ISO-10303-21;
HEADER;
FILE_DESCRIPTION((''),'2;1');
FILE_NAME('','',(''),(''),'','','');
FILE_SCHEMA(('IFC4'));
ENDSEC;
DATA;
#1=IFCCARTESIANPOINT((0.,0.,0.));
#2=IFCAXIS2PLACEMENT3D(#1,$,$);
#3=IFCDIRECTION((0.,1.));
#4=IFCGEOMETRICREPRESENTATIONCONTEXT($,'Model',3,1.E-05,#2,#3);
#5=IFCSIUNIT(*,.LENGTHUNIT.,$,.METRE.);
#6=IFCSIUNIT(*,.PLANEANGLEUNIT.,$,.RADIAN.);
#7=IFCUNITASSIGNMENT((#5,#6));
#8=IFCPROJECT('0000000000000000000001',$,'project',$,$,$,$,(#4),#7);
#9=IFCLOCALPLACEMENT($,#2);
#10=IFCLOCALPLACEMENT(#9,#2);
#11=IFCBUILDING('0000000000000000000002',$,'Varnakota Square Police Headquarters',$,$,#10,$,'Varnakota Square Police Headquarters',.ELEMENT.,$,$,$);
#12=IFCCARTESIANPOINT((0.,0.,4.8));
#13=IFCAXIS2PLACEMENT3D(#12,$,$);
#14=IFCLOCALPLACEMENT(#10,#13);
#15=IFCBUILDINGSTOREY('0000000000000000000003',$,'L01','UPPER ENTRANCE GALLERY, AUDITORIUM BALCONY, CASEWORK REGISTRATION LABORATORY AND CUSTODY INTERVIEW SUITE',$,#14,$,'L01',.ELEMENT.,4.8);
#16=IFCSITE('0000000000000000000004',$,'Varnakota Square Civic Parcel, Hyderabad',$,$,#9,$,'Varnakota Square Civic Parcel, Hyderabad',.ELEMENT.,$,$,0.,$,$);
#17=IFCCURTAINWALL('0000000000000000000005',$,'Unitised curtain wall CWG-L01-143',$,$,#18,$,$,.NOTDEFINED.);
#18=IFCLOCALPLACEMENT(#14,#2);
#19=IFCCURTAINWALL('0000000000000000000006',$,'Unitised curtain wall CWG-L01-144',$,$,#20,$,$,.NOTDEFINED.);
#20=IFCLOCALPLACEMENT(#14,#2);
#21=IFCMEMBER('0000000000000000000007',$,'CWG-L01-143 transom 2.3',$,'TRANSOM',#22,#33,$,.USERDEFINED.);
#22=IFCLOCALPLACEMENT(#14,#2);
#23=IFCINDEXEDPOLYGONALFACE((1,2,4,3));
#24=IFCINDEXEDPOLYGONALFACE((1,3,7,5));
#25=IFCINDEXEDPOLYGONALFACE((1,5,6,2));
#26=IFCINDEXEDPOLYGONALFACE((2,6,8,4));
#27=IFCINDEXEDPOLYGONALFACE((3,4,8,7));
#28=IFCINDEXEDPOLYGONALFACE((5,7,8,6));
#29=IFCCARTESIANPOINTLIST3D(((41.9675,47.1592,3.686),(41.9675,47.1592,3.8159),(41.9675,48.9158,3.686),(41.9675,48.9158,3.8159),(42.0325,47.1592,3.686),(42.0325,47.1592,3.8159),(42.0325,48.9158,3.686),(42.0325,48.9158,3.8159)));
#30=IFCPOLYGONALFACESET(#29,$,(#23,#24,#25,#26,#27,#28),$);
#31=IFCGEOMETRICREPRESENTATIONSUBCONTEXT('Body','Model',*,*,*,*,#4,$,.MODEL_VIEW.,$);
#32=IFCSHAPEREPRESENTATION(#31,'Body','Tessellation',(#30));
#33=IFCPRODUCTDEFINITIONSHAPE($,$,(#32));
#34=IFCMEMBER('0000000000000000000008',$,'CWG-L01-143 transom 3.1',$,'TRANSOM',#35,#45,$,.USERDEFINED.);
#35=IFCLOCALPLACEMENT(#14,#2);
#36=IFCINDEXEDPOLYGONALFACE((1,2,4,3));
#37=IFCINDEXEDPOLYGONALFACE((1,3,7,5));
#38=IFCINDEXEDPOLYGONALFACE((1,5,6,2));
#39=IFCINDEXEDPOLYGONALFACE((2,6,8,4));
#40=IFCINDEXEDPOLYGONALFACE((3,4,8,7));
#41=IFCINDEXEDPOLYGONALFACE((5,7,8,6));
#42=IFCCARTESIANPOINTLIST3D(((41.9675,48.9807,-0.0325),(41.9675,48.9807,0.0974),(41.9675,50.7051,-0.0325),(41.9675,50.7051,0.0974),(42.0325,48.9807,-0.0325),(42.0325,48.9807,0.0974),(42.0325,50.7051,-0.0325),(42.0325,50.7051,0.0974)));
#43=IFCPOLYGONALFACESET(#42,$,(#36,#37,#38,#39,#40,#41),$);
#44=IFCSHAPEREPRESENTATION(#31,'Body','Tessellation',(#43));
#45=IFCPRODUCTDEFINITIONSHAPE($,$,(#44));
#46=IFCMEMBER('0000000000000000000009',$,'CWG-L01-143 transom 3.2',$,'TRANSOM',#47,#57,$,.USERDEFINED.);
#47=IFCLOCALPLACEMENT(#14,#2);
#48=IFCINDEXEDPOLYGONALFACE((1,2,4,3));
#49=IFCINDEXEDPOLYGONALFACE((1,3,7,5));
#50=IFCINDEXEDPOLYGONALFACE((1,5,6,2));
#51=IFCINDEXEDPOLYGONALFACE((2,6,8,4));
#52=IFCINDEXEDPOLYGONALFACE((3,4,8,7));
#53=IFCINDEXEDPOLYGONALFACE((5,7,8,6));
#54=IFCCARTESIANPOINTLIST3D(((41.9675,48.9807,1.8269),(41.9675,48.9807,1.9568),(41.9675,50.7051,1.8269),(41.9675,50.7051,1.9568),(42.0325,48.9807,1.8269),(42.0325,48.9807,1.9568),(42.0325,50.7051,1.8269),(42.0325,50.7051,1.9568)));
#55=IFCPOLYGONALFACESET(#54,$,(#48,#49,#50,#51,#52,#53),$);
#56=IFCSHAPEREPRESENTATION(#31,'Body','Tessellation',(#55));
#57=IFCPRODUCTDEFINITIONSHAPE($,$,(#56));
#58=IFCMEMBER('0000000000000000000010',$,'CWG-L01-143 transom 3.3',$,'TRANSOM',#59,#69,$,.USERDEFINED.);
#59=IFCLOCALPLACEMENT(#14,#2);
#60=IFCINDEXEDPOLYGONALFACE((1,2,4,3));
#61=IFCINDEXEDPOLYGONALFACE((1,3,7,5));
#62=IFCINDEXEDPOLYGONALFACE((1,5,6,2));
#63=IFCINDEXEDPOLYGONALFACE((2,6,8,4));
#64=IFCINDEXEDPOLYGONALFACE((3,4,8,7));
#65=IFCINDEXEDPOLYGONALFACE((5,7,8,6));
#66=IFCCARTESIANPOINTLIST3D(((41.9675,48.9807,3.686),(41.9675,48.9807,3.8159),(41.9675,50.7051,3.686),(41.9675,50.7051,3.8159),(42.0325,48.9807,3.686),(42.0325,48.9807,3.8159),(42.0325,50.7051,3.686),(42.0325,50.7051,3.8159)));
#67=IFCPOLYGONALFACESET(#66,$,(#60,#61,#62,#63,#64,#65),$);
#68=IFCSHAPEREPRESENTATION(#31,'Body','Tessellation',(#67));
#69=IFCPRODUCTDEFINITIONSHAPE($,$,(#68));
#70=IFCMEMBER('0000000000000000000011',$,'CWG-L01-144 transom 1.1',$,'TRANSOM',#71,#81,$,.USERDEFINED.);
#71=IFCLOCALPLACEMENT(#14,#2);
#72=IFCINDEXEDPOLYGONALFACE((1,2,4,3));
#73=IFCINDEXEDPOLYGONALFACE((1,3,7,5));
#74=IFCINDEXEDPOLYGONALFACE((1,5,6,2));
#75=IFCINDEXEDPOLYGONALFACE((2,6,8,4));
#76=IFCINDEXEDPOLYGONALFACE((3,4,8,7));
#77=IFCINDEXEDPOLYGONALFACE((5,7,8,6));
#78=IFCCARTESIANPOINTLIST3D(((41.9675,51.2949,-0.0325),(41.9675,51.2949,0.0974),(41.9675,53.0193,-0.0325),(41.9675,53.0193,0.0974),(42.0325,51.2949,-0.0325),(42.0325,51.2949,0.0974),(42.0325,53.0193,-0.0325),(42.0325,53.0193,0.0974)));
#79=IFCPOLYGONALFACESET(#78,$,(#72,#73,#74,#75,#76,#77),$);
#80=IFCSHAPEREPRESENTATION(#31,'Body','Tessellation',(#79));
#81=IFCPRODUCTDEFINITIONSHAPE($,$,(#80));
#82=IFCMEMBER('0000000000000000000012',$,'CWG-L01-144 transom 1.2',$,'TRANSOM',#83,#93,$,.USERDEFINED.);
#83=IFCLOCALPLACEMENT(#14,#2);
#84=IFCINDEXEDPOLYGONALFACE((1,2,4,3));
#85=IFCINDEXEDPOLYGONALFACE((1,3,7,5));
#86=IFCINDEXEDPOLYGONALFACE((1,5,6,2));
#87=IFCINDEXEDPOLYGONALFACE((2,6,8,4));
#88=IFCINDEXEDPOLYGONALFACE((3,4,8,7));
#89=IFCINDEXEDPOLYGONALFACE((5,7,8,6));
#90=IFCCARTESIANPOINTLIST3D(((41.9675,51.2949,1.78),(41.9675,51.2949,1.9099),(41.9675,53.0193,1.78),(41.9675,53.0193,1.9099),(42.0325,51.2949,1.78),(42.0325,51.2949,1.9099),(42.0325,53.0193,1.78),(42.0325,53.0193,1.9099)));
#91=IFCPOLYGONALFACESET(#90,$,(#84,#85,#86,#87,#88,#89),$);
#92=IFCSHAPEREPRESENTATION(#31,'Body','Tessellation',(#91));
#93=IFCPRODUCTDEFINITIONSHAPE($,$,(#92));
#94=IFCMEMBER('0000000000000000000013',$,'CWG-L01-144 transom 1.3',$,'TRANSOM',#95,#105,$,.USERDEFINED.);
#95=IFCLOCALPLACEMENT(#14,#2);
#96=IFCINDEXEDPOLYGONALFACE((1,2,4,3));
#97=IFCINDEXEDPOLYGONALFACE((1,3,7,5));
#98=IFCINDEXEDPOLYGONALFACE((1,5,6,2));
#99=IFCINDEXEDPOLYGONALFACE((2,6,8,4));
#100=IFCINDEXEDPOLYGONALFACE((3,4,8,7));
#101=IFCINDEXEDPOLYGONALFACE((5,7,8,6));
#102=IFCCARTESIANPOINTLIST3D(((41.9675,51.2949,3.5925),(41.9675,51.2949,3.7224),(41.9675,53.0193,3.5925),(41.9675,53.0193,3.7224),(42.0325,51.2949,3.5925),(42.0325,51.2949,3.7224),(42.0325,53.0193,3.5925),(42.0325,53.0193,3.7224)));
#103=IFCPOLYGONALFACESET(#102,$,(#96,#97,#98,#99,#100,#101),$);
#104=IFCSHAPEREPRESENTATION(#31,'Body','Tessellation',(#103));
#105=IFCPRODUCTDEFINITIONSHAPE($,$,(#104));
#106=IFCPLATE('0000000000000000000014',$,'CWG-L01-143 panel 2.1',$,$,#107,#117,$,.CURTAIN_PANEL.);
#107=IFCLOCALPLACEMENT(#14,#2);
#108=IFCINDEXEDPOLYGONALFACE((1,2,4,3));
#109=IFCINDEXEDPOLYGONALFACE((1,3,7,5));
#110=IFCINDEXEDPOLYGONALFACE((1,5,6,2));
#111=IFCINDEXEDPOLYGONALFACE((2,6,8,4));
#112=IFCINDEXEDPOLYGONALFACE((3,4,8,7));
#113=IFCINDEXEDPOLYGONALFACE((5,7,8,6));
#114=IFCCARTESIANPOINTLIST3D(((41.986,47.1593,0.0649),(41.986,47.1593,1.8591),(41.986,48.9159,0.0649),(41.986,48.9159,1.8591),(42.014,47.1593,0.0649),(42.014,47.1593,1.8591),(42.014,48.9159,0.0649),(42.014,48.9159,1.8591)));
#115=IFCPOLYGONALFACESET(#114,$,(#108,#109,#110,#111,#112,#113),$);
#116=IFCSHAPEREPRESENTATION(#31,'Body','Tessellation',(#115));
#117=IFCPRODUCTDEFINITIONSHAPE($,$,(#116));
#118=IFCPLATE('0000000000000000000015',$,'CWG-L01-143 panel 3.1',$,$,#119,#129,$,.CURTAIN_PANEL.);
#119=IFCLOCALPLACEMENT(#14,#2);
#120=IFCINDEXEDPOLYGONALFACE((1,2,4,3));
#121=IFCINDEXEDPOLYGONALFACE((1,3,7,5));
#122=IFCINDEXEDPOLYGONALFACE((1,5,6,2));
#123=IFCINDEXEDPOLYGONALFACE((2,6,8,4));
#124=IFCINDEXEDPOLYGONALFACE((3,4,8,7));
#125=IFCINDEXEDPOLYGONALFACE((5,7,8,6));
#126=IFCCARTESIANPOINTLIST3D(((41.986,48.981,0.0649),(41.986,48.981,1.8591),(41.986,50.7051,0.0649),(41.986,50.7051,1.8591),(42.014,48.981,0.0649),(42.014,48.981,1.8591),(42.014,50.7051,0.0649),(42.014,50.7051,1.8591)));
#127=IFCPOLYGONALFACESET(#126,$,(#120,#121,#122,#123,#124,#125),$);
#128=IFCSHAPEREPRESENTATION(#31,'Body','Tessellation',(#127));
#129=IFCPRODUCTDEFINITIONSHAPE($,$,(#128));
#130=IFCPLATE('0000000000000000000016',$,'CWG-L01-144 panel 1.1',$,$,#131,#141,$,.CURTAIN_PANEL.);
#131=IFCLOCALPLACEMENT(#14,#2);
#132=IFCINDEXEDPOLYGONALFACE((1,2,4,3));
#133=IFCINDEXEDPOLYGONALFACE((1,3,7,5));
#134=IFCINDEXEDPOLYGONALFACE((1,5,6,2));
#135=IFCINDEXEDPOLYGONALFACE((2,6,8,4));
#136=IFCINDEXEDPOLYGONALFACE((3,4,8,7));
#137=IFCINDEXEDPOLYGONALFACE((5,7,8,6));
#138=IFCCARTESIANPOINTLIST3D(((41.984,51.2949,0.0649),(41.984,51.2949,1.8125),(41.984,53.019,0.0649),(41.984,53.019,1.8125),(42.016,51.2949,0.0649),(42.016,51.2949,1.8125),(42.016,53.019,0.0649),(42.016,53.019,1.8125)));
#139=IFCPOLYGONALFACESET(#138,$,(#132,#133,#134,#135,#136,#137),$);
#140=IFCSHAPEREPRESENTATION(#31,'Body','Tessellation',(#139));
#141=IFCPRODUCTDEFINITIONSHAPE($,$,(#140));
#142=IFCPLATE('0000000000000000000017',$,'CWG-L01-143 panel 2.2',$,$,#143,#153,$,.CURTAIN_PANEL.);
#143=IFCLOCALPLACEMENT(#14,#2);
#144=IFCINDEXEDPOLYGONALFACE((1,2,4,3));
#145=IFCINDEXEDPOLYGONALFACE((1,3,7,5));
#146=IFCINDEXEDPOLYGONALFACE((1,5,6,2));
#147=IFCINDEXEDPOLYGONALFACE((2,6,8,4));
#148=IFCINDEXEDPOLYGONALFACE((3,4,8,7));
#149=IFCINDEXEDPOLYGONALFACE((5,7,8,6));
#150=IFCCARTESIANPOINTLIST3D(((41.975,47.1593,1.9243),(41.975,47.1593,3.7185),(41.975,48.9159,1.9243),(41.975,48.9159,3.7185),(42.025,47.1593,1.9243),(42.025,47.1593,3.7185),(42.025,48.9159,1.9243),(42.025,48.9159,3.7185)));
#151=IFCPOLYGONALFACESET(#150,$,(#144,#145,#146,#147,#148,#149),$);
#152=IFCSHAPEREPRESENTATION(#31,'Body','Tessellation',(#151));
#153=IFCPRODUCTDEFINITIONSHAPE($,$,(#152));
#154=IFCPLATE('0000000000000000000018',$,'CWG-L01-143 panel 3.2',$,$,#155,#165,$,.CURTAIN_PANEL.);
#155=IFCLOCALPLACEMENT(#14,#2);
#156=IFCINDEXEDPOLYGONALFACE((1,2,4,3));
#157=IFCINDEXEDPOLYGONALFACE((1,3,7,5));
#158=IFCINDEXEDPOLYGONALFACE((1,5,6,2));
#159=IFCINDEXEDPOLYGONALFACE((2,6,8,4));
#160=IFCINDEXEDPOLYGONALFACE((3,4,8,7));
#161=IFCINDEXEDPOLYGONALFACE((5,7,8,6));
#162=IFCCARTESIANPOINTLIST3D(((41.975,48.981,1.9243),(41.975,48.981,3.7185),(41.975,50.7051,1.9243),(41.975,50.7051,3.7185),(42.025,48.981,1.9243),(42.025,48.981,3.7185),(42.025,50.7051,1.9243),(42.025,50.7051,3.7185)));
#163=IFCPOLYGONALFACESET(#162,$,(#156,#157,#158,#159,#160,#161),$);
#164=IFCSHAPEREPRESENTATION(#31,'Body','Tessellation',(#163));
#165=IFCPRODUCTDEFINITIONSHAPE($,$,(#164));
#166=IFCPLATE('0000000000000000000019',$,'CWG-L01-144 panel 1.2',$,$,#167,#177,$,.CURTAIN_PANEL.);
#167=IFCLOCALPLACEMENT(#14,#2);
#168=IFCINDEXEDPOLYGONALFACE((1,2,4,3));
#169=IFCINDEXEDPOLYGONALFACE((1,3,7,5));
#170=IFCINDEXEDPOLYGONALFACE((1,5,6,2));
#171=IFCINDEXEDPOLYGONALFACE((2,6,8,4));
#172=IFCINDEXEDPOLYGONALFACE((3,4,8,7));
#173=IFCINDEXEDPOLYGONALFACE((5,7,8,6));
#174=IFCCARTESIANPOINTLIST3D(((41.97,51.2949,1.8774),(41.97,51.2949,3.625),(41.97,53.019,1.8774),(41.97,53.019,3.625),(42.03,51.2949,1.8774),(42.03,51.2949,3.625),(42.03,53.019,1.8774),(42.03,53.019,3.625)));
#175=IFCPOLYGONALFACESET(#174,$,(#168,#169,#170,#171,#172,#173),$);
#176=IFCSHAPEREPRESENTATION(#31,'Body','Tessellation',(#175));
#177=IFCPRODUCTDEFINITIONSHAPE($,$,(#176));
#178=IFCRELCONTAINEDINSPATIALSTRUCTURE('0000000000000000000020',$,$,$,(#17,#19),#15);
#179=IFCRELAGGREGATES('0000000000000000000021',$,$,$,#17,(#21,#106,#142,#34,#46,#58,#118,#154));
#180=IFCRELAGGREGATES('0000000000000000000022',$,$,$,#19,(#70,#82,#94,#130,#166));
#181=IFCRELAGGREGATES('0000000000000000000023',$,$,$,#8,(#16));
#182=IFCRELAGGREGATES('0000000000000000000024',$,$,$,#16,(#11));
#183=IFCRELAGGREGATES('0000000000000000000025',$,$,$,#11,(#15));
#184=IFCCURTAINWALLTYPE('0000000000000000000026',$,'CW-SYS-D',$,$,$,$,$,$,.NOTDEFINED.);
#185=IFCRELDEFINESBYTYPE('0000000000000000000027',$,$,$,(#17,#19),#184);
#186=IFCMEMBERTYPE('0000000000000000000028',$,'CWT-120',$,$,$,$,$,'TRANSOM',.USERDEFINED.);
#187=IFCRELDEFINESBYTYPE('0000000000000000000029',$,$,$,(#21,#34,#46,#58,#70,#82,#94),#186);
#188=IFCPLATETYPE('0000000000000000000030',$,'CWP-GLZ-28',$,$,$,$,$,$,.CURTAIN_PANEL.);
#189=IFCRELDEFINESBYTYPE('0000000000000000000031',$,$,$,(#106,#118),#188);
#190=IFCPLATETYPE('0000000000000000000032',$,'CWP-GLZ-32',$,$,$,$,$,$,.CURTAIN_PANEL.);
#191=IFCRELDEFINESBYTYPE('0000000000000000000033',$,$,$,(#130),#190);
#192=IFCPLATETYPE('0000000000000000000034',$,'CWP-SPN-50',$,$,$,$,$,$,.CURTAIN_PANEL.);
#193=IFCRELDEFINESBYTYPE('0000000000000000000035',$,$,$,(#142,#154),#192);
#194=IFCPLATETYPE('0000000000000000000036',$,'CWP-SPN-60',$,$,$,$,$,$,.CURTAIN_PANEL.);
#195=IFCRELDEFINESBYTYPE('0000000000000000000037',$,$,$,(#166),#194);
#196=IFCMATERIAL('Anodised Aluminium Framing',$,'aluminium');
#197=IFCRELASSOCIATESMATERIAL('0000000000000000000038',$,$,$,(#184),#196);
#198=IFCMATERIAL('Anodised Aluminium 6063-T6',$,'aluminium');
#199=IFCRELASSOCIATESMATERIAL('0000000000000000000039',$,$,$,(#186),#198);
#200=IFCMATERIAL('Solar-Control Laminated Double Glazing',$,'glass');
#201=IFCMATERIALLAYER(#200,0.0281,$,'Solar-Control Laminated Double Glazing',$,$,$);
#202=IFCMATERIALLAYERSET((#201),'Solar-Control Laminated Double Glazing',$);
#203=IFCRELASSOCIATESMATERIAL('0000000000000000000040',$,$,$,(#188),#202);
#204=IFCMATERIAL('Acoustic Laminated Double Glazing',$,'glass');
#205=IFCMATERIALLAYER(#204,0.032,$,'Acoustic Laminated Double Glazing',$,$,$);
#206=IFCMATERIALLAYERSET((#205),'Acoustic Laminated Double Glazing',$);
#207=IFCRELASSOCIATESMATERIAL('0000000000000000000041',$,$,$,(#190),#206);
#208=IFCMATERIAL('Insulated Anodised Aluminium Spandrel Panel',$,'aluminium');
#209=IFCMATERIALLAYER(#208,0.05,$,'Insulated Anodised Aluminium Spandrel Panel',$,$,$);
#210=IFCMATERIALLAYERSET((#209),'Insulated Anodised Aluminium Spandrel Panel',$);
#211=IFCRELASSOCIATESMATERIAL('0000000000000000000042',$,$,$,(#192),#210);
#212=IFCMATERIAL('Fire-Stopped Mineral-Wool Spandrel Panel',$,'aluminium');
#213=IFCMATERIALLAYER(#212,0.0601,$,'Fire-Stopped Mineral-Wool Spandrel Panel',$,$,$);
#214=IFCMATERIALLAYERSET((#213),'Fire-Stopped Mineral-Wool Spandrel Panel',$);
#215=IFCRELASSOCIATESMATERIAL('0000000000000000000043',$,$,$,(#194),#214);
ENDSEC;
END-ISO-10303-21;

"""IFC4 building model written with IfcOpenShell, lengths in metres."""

from ifc_helpers import new_model, si_unit, direction, frame, origin, origin_2d, place, context, subcontext, project, spatial, rectangle, extrude, material, layer, layer_set, material_profile, profile_set, type_object, element, aggregate, save


model = new_model("IFC4")

# Units and contexts
model_context = context("Model", 3, precision=1e-05, world=origin(), true_north=direction((0.0, 1.0)))
body_context = subcontext(model_context, "Body", "Model", "MODEL_VIEW")
ifc_project = project(units=[si_unit("LENGTHUNIT", "METRE"), si_unit("PLANEANGLEUNIT", "RADIAN")], contexts=[model_context])

# Site, building, storey
site_placement = place(None, origin())
site = spatial("IfcSite", under=ifc_project, at=site_placement, Name="Varnakota Square Civic Parcel, Hyderabad", LongName="Varnakota Square Civic Parcel, Hyderabad", CompositionType="ELEMENT", RefElevation=0.0)
building_placement = place(site_placement, origin())
building = spatial("IfcBuilding", under=site, at=building_placement, Name="Varnakota Square Police Headquarters", LongName="Varnakota Square Police Headquarters", CompositionType="ELEMENT")
storey_placement = place(building_placement, frame((0.0, 0.0, 4.8)))
storey = spatial("IfcBuildingStorey", under=building, at=storey_placement, Name="L01", Description="UPPER ENTRANCE GALLERY, AUDITORIUM BALCONY, CASEWORK REGISTRATION LABORATORY AND CUSTODY INTERVIEW SUITE", LongName="L01", CompositionType="ELEMENT", Elevation=4.8)

# Curtain walls
ifc_material_1 = material(Name="Anodised Aluminium Framing", Category="aluminium")
curtain_wall_type = type_object("IfcCurtainWallType", Name="CW-SYS-D", PredefinedType="NOTDEFINED", material=ifc_material_1)
curtain_wall_1_placement = place(storey_placement, origin())
curtain_wall_1 = element("IfcCurtainWall", 1, at=curtain_wall_1_placement, inside=storey, type_object=curtain_wall_type, Name="Unitised curtain wall CWG-L01-143", PredefinedType="NOTDEFINED")
ifc_material_2 = material(Name="Anodised Aluminium 6063-T6", Category="aluminium")
curtain_wall_2_placement = place(storey_placement, origin())
curtain_wall_2 = element("IfcCurtainWall", 2, at=curtain_wall_2_placement, inside=storey, type_object=curtain_wall_type, Name="Unitised curtain wall CWG-L01-144", PredefinedType="NOTDEFINED")

# Members
ifc_material_profile_1 = material_profile(ifc_material_2, rectangle(XDim=0.0649, YDim=0.1299, at=origin_2d()), Name="ALU TRANSOM 65x130")
ifc_profile_set_1 = profile_set([ifc_material_profile_1], Name="Anodised Aluminium 6063-T6")
member_type_1 = type_object("IfcMemberType", Name="CWT-120", ElementType="TRANSOM", PredefinedType="USERDEFINED", material=ifc_profile_set_1)
member_1_placement = place(storey_placement, frame((42.0, 47.1592, 3.751), z_axis=(0.0, 1.0, 0.0), x_axis=(-1.0, 0.0, 0.0)))
member_1 = element("IfcMember", 3, at=member_1_placement, type_object=member_type_1, Name="CWG-L01-143 transom 2.3", ObjectType="TRANSOM", PredefinedType="USERDEFINED", context=body_context, shape_type="SweptSolid", body=[
    extrude(rectangle(XDim=0.0649, YDim=0.1299, at=origin_2d()), origin(), (0.0, 0.0, 1.0), 1.7566),
])
member_2_placement = place(storey_placement, frame((42.0, 48.9807, 0.0325), z_axis=(0.0, 1.0, 0.0), x_axis=(-1.0, 0.0, 0.0)))
member_2 = element("IfcMember", 4, at=member_2_placement, type_object=member_type_1, Name="CWG-L01-143 transom 3.1", ObjectType="TRANSOM", PredefinedType="USERDEFINED", context=body_context, shape_type="SweptSolid", body=[
    extrude(rectangle(XDim=0.0649, YDim=0.1299, at=origin_2d()), origin(), (0.0, 0.0, 1.0), 1.7244),
])
member_3_placement = place(storey_placement, frame((42.0, 48.9807, 1.8918), z_axis=(0.0, 1.0, 0.0), x_axis=(-1.0, 0.0, 0.0)))
member_3 = element("IfcMember", 5, at=member_3_placement, type_object=member_type_1, Name="CWG-L01-143 transom 3.2", ObjectType="TRANSOM", PredefinedType="USERDEFINED", context=body_context, shape_type="SweptSolid", body=[
    extrude(rectangle(XDim=0.0649, YDim=0.1299, at=origin_2d()), origin(), (0.0, 0.0, 1.0), 1.7244),
])
member_4_placement = place(storey_placement, frame((42.0, 48.9807, 3.751), z_axis=(0.0, 1.0, 0.0), x_axis=(-1.0, 0.0, 0.0)))
member_4 = element("IfcMember", 6, at=member_4_placement, type_object=member_type_1, Name="CWG-L01-143 transom 3.3", ObjectType="TRANSOM", PredefinedType="USERDEFINED", context=body_context, shape_type="SweptSolid", body=[
    extrude(rectangle(XDim=0.0649, YDim=0.1299, at=origin_2d()), origin(), (0.0, 0.0, 1.0), 1.7244),
])
member_5_placement = place(storey_placement, frame((42.0, 51.2949, 0.0325), z_axis=(0.0, 1.0, 0.0), x_axis=(-1.0, 0.0, 0.0)))
member_5 = element("IfcMember", 7, at=member_5_placement, type_object=member_type_1, Name="CWG-L01-144 transom 1.1", ObjectType="TRANSOM", PredefinedType="USERDEFINED", context=body_context, shape_type="SweptSolid", body=[
    extrude(rectangle(XDim=0.0649, YDim=0.1299, at=origin_2d()), origin(), (0.0, 0.0, 1.0), 1.7244),
])
member_6_placement = place(storey_placement, frame((42.0, 51.2949, 1.845), z_axis=(0.0, 1.0, 0.0), x_axis=(-1.0, 0.0, 0.0)))
member_6 = element("IfcMember", 8, at=member_6_placement, type_object=member_type_1, Name="CWG-L01-144 transom 1.2", ObjectType="TRANSOM", PredefinedType="USERDEFINED", context=body_context, shape_type="SweptSolid", body=[
    extrude(rectangle(XDim=0.0649, YDim=0.1299, at=origin_2d()), origin(), (0.0, 0.0, 1.0), 1.7244),
])
member_7_placement = place(storey_placement, frame((42.0, 51.2949, 3.6575), z_axis=(0.0, 1.0, 0.0), x_axis=(-1.0, 0.0, 0.0)))
member_7 = element("IfcMember", 9, at=member_7_placement, type_object=member_type_1, Name="CWG-L01-144 transom 1.3", ObjectType="TRANSOM", PredefinedType="USERDEFINED", context=body_context, shape_type="SweptSolid", body=[
    extrude(rectangle(XDim=0.0649, YDim=0.1299, at=origin_2d()), origin(), (0.0, 0.0, 1.0), 1.7244),
])

# Plates
ifc_material_3 = material(Name="Solar-Control Laminated Double Glazing", Category="glass")
ifc_layer_1 = layer(ifc_material_3, 0.0281, Name="Solar-Control Laminated Double Glazing")
ifc_layer_set_1 = layer_set([ifc_layer_1], Name="Solar-Control Laminated Double Glazing")
plate_type_1 = type_object("IfcPlateType", Name="CWP-GLZ-28", PredefinedType="CURTAIN_PANEL", material=ifc_layer_set_1)
plate_1_placement = place(storey_placement, frame((42.0, 48.0376, 0.0649), z_axis=(0.0, 0.0, 1.0), x_axis=(0.0, 1.0, 0.0)))
plate_1 = element("IfcPlate", 10, at=plate_1_placement, type_object=plate_type_1, Name="CWG-L01-143 panel 2.1", PredefinedType="CURTAIN_PANEL", context=body_context, shape_type="SweptSolid", body=[
    extrude(rectangle(XDim=1.7566, YDim=0.0281, at=origin_2d()), origin(), (0.0, 0.0, 1.0), 1.7942),
])
plate_2_placement = place(storey_placement, frame((42.0, 49.843, 0.0649), z_axis=(0.0, 0.0, 1.0), x_axis=(0.0, 1.0, 0.0)))
plate_2 = element("IfcPlate", 11, at=plate_2_placement, type_object=plate_type_1, Name="CWG-L01-143 panel 3.1", PredefinedType="CURTAIN_PANEL", context=body_context, shape_type="SweptSolid", body=[
    extrude(rectangle(XDim=1.7241, YDim=0.0281, at=origin_2d()), origin(), (0.0, 0.0, 1.0), 1.7942),
])
ifc_material_4 = material(Name="Acoustic Laminated Double Glazing", Category="glass")
ifc_layer_2 = layer(ifc_material_4, 0.032, Name="Acoustic Laminated Double Glazing")
ifc_layer_set_2 = layer_set([ifc_layer_2], Name="Acoustic Laminated Double Glazing")
plate_type_2 = type_object("IfcPlateType", Name="CWP-GLZ-32", PredefinedType="CURTAIN_PANEL", material=ifc_layer_set_2)
plate_3_placement = place(storey_placement, frame((42.0, 52.157, 0.0649), z_axis=(0.0, 0.0, 1.0), x_axis=(0.0, 1.0, 0.0)))
plate_3 = element("IfcPlate", 12, at=plate_3_placement, type_object=plate_type_2, Name="CWG-L01-144 panel 1.1", PredefinedType="CURTAIN_PANEL", context=body_context, shape_type="SweptSolid", body=[
    extrude(rectangle(XDim=1.7241, YDim=0.032, at=origin_2d()), origin(), (0.0, 0.0, 1.0), 1.7476),
])
ifc_material_5 = material(Name="Insulated Anodised Aluminium Spandrel Panel", Category="aluminium")
ifc_layer_3 = layer(ifc_material_5, 0.05, Name="Insulated Anodised Aluminium Spandrel Panel")
ifc_layer_set_3 = layer_set([ifc_layer_3], Name="Insulated Anodised Aluminium Spandrel Panel")
plate_type_3 = type_object("IfcPlateType", Name="CWP-SPN-50", PredefinedType="CURTAIN_PANEL", material=ifc_layer_set_3)
plate_4_placement = place(storey_placement, frame((42.0, 48.0376, 1.9243), z_axis=(0.0, 0.0, 1.0), x_axis=(0.0, 1.0, 0.0)))
plate_4 = element("IfcPlate", 13, at=plate_4_placement, type_object=plate_type_3, Name="CWG-L01-143 panel 2.2", PredefinedType="CURTAIN_PANEL", context=body_context, shape_type="SweptSolid", body=[
    extrude(rectangle(XDim=1.7566, YDim=0.05, at=origin_2d()), origin(), (0.0, 0.0, 1.0), 1.7942),
])
plate_5_placement = place(storey_placement, frame((42.0, 49.843, 1.9243), z_axis=(0.0, 0.0, 1.0), x_axis=(0.0, 1.0, 0.0)))
plate_5 = element("IfcPlate", 14, at=plate_5_placement, type_object=plate_type_3, Name="CWG-L01-143 panel 3.2", PredefinedType="CURTAIN_PANEL", context=body_context, shape_type="SweptSolid", body=[
    extrude(rectangle(XDim=1.7241, YDim=0.05, at=origin_2d()), origin(), (0.0, 0.0, 1.0), 1.7942),
])
aggregate(curtain_wall_1, [member_1, plate_1, plate_4, member_2, member_3, member_4, plate_2, plate_5])
ifc_material_6 = material(Name="Fire-Stopped Mineral-Wool Spandrel Panel", Category="aluminium")
ifc_layer_4 = layer(ifc_material_6, 0.0601, Name="Fire-Stopped Mineral-Wool Spandrel Panel")
ifc_layer_set_4 = layer_set([ifc_layer_4], Name="Fire-Stopped Mineral-Wool Spandrel Panel")
plate_type_4 = type_object("IfcPlateType", Name="CWP-SPN-60", PredefinedType="CURTAIN_PANEL", material=ifc_layer_set_4)
plate_6_placement = place(storey_placement, frame((42.0, 52.157, 1.8774), z_axis=(0.0, 0.0, 1.0), x_axis=(0.0, 1.0, 0.0)))
plate_6 = element("IfcPlate", 15, at=plate_6_placement, type_object=plate_type_4, Name="CWG-L01-144 panel 1.2", PredefinedType="CURTAIN_PANEL", context=body_context, shape_type="SweptSolid", body=[
    extrude(rectangle(XDim=1.7241, YDim=0.0601, at=origin_2d()), origin(), (0.0, 0.0, 1.0), 1.7476),
])
aggregate(curtain_wall_2, [member_5, member_6, member_7, plate_3, plate_6])

save(model, "model.ifc")
